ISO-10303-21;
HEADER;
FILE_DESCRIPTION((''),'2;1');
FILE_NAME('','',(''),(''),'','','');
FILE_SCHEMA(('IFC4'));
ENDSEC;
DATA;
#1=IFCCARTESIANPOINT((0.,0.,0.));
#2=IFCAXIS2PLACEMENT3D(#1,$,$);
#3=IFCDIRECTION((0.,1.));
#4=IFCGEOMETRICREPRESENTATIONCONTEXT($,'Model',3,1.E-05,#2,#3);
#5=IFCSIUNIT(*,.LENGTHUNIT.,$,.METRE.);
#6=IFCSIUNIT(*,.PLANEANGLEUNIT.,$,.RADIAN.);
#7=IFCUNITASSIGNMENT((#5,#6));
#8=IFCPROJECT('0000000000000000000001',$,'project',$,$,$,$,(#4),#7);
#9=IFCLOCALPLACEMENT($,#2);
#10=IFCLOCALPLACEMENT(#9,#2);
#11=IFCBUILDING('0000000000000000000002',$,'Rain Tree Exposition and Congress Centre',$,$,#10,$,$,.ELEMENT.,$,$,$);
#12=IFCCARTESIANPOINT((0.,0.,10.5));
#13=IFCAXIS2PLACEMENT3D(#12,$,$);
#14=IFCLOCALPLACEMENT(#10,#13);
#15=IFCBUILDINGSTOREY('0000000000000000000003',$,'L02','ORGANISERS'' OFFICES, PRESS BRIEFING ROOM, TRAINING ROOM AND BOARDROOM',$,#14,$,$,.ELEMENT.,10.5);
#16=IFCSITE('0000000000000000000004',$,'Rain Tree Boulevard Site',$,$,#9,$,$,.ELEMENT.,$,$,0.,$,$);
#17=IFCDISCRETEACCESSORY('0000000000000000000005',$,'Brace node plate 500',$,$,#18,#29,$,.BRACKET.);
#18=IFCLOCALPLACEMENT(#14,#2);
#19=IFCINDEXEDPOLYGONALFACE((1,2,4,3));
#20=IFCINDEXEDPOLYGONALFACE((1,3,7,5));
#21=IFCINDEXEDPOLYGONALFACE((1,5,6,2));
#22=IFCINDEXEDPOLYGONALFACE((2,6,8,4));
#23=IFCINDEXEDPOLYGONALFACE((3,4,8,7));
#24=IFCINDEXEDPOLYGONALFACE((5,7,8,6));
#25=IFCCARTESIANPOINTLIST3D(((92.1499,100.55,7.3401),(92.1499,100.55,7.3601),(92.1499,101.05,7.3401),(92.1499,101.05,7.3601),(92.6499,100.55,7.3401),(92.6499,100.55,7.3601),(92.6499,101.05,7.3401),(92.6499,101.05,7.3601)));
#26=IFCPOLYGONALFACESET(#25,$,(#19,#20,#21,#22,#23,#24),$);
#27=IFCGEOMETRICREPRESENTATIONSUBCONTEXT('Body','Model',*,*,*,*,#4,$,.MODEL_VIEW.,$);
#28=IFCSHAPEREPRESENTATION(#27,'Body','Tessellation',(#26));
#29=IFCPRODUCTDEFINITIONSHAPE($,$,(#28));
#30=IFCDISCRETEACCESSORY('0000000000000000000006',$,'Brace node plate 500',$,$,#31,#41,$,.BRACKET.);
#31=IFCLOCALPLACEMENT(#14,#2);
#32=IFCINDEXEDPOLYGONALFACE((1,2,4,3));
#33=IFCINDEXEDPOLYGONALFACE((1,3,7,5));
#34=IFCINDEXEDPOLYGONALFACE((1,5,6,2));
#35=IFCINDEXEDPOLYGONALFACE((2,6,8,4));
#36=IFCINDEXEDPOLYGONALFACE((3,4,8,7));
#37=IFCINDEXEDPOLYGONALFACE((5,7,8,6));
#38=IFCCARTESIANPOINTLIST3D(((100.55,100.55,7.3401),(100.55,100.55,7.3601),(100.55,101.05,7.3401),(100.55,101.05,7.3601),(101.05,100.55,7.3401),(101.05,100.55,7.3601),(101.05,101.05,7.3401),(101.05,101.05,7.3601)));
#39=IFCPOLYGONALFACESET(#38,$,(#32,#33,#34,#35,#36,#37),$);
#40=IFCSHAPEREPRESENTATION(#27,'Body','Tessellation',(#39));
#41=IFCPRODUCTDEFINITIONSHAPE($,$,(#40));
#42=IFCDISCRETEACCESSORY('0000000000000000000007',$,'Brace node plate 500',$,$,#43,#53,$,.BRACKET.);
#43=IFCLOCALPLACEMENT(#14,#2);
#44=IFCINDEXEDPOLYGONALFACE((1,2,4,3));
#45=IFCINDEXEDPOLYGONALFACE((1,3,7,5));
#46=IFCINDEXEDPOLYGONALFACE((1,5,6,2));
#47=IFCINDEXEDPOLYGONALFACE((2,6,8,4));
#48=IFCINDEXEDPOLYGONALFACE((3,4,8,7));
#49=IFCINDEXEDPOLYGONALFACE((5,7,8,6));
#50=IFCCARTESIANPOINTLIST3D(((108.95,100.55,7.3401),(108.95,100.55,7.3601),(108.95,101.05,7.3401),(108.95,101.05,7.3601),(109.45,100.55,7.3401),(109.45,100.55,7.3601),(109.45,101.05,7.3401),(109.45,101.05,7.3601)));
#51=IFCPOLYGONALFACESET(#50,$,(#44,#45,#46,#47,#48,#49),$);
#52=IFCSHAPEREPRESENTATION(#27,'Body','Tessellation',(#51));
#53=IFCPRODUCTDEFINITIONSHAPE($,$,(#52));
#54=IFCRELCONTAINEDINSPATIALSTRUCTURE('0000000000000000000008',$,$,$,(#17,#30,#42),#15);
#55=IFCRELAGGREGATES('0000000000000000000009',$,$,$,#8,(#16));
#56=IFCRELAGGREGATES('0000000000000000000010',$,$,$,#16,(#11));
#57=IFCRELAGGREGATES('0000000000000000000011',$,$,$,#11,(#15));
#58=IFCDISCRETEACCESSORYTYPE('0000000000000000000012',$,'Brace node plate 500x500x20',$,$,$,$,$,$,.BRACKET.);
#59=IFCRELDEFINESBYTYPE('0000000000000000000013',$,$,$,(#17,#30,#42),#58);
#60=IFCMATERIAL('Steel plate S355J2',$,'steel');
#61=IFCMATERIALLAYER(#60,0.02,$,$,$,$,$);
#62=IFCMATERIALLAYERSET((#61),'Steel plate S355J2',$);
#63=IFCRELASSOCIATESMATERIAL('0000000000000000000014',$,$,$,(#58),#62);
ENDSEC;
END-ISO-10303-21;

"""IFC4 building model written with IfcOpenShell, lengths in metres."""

from ifc_helpers import new_model, si_unit, direction, frame, origin, origin_2d, place, context, subcontext, project, spatial, rectangle, extrude, material, layer, layer_set, type_object, element, save


model = new_model("IFC4")

# Units and contexts
model_context = context("Model", 3, precision=1e-05, world=origin(), true_north=direction((0.0, 1.0)))
body_context = subcontext(model_context, "Body", "Model", "MODEL_VIEW")
ifc_project = project(units=[si_unit("LENGTHUNIT", "METRE"), si_unit("PLANEANGLEUNIT", "RADIAN")], contexts=[model_context])

# Site, building, storey
site_placement = place(None, origin())
site = spatial("IfcSite", under=ifc_project, at=site_placement, Name="Rain Tree Boulevard Site", CompositionType="ELEMENT", RefElevation=0.0)
building_placement = place(site_placement, origin())
building = spatial("IfcBuilding", under=site, at=building_placement, Name="Rain Tree Exposition and Congress Centre", CompositionType="ELEMENT")
storey_placement = place(building_placement, frame((0.0, 0.0, 10.5)))
storey = spatial("IfcBuildingStorey", under=building, at=storey_placement, Name="L02", Description="ORGANISERS' OFFICES, PRESS BRIEFING ROOM, TRAINING ROOM AND BOARDROOM", CompositionType="ELEMENT", Elevation=10.5)

# Discrete accessories
ifc_material_1 = material(Name="Steel plate S355J2", Category="steel")
ifc_layer_1 = layer(ifc_material_1, 0.02)
ifc_layer_set_1 = layer_set([ifc_layer_1], Name="Steel plate S355J2")
discrete_accessory_type_1 = type_object("IfcDiscreteAccessoryType", Name="Brace node plate 500x500x20", PredefinedType="BRACKET", material=ifc_layer_set_1)
for number, where, z_axis, x_axis, name in (
    (1, (92.3999, 100.8, 7.3401), (0.0, 0.0, 1.0), (1.0, 0.0, 0.0), "Brace node plate 500"),
    (2, (100.8, 100.8, 7.3401), (0.0, 0.0, 1.0), (1.0, 0.0, 0.0), "Brace node plate 500"),
    (3, (109.2, 100.8, 7.3401), (0.0, 0.0, 1.0), (1.0, 0.0, 0.0), "Brace node plate 500"),
):
    element("IfcDiscreteAccessory", number, at=place(storey_placement, frame(where, z_axis=z_axis, x_axis=x_axis)), inside=storey, type_object=discrete_accessory_type_1, Name=name, PredefinedType="BRACKET", context=body_context, shape_type="SweptSolid", body=[
        extrude(rectangle(XDim=0.5, YDim=0.5, at=origin_2d()), origin(), (0.0, 0.0, 1.0), 0.02),
    ])

save(model, "model.ifc")
